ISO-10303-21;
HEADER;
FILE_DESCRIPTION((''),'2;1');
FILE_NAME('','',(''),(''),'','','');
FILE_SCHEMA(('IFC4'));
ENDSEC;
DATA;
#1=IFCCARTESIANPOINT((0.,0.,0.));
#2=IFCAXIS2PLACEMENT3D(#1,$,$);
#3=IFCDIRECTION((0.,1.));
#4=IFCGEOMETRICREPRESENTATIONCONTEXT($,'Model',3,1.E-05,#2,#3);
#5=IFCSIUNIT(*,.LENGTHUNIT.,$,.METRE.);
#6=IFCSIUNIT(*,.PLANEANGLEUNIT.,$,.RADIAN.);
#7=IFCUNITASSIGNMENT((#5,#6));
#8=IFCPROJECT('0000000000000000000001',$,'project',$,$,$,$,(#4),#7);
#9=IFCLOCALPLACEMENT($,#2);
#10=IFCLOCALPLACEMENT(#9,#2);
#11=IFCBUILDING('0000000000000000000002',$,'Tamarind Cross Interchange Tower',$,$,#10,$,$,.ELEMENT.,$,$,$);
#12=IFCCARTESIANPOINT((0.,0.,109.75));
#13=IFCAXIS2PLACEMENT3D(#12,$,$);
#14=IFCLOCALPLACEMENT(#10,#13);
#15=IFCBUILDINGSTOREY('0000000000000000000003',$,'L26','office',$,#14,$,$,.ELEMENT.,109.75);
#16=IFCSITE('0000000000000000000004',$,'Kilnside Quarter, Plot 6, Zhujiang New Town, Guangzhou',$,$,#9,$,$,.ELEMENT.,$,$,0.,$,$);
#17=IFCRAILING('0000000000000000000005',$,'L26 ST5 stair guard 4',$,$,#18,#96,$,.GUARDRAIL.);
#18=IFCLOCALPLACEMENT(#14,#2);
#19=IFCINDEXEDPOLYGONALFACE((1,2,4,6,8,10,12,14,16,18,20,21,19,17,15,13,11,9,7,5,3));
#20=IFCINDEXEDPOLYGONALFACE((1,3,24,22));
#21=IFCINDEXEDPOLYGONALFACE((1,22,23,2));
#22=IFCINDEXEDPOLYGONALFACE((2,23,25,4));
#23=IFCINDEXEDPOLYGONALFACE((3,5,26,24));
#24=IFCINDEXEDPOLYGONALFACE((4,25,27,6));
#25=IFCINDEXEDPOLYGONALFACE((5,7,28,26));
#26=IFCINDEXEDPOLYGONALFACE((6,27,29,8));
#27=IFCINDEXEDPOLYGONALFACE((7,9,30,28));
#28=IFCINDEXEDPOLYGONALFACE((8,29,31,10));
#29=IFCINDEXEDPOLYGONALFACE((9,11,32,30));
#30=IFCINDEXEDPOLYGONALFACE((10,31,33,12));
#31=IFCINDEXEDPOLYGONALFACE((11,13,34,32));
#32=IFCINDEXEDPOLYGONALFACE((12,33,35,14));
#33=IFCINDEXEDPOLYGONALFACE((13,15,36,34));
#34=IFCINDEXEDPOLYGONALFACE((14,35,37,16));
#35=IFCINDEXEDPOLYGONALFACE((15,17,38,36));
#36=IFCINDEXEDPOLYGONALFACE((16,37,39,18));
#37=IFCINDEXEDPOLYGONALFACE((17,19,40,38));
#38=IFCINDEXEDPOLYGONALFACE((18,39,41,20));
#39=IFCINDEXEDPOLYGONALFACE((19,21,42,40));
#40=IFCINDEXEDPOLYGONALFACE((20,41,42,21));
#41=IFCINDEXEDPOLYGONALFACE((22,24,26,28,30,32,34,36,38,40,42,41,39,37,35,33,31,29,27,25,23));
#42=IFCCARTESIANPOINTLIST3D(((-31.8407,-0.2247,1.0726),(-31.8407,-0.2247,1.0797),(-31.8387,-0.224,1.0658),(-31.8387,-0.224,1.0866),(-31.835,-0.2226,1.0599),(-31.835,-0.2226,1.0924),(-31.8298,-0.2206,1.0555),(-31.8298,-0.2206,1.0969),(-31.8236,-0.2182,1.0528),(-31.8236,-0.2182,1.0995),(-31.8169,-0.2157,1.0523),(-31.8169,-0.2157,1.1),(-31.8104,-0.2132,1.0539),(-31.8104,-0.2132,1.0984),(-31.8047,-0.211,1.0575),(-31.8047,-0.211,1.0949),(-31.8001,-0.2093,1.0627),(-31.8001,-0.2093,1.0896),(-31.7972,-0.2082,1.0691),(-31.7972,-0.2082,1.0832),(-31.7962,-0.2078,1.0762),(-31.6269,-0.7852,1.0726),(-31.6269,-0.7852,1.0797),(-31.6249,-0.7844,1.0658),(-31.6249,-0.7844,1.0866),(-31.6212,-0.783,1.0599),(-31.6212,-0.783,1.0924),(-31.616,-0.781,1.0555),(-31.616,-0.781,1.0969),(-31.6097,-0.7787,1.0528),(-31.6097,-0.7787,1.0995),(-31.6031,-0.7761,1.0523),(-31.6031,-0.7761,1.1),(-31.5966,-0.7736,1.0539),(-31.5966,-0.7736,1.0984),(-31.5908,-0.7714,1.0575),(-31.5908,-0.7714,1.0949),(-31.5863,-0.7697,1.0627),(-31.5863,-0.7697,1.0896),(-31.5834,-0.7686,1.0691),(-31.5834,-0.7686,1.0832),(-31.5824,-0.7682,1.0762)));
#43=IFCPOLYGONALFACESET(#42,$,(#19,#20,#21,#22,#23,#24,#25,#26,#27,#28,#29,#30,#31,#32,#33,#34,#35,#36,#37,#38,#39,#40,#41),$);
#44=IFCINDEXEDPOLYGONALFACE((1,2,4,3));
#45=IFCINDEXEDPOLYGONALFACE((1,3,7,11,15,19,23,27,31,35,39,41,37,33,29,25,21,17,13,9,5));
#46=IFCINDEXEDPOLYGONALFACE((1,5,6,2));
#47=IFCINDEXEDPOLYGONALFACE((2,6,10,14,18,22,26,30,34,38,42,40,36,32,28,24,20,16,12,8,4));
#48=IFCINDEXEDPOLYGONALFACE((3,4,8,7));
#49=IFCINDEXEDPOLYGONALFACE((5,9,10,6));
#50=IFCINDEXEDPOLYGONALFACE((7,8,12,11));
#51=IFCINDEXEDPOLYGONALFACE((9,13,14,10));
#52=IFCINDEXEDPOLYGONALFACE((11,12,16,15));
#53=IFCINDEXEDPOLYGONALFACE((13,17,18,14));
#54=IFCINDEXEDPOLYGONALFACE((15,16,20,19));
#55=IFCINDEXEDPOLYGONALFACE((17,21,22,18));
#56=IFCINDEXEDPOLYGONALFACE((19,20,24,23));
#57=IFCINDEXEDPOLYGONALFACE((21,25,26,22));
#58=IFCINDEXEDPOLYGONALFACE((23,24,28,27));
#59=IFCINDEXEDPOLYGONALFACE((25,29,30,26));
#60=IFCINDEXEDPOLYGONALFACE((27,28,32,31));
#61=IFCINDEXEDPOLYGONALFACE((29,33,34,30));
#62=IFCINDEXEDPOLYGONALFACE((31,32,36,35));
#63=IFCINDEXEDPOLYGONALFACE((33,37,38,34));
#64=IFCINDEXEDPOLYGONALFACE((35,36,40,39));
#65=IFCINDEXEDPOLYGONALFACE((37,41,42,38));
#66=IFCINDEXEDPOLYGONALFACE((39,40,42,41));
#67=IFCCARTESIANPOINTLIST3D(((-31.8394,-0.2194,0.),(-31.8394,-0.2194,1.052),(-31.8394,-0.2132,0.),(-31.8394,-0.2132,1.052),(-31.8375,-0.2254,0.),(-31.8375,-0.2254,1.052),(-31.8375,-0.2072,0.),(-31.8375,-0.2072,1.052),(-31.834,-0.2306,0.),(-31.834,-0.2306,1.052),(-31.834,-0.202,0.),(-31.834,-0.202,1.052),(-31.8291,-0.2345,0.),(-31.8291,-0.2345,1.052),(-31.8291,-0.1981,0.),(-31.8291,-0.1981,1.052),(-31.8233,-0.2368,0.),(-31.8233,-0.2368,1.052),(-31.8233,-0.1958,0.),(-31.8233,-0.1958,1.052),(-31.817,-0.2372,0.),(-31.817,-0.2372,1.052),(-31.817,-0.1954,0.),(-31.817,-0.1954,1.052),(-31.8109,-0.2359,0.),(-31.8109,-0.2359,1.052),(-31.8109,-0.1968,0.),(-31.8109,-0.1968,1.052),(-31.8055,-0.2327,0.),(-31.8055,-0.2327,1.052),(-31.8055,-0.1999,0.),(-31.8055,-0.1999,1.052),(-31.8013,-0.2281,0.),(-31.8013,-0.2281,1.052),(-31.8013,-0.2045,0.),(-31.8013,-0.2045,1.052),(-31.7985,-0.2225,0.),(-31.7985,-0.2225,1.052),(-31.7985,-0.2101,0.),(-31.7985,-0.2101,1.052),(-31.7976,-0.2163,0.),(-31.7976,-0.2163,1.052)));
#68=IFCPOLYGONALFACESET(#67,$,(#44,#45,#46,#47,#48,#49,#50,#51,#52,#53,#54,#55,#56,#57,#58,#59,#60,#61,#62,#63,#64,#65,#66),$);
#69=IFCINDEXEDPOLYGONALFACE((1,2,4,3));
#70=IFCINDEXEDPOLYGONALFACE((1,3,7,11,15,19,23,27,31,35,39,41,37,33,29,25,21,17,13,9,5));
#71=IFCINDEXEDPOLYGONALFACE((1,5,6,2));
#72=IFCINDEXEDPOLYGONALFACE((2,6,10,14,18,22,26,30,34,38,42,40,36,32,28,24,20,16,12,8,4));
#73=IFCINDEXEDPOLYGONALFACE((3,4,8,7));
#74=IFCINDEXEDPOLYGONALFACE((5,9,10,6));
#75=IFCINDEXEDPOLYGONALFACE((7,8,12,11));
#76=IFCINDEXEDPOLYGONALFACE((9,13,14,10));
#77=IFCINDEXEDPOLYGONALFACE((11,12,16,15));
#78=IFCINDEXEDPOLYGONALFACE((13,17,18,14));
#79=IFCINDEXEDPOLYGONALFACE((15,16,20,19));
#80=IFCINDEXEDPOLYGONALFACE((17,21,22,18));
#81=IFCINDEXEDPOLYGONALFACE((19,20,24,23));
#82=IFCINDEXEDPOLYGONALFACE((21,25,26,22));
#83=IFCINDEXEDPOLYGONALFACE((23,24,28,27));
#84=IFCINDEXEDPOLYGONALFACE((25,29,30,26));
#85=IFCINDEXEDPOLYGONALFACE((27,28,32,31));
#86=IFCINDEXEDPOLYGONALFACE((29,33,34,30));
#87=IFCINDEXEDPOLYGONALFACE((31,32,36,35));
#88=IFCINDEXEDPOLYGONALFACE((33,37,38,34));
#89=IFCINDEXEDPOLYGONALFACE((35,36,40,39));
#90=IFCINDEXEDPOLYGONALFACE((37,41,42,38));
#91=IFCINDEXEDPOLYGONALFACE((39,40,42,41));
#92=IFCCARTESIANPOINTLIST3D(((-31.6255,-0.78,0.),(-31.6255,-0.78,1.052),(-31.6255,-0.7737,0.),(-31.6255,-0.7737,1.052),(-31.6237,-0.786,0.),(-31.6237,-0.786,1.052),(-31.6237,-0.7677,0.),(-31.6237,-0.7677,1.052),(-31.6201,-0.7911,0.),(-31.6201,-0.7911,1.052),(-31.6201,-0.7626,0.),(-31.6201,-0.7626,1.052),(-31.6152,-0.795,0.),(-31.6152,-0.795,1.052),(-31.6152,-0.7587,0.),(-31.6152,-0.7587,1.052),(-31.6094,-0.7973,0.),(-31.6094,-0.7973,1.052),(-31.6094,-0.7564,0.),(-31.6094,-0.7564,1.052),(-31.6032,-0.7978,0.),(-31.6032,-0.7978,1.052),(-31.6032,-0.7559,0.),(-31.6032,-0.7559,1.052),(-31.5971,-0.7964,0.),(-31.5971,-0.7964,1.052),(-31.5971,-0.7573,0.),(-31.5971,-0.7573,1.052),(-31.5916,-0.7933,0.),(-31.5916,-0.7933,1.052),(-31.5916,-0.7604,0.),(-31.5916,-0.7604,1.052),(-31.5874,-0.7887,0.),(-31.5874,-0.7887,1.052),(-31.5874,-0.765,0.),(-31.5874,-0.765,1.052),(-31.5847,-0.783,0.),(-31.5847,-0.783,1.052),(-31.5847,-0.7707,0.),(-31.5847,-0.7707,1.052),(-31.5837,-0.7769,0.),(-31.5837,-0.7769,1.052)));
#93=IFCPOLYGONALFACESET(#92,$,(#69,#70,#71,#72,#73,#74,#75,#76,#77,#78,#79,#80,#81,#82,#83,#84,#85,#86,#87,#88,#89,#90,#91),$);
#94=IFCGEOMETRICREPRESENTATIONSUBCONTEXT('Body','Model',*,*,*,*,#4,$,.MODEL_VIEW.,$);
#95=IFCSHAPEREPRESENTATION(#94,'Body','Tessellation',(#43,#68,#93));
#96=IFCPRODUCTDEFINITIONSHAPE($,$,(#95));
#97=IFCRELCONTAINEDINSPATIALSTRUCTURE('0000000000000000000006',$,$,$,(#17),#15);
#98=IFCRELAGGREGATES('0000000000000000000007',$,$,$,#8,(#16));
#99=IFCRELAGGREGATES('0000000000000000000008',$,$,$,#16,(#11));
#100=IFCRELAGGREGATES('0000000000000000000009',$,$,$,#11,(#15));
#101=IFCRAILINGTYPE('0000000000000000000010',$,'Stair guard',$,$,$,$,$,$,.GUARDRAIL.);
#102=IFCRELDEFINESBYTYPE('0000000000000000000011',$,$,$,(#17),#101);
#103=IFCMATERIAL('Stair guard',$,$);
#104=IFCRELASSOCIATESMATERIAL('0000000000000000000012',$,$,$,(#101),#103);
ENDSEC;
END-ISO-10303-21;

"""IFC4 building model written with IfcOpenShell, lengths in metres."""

from ifc_helpers import new_model, si_unit, direction, frame, origin, origin_2d, place, context, subcontext, project, spatial, circle, extrude, material, type_object, element, save


model = new_model("IFC4")

# Units and contexts
model_context = context("Model", 3, precision=1e-05, world=origin(), true_north=direction((0.0, 1.0)))
body_context = subcontext(model_context, "Body", "Model", "MODEL_VIEW")
ifc_project = project(units=[si_unit("LENGTHUNIT", "METRE"), si_unit("PLANEANGLEUNIT", "RADIAN")], contexts=[model_context])

# Site, building, storey
site_placement = place(None, origin())
site = spatial("IfcSite", under=ifc_project, at=site_placement, Name="Kilnside Quarter, Plot 6, Zhujiang New Town, Guangzhou", CompositionType="ELEMENT", RefElevation=0.0)
building_placement = place(site_placement, origin())
building = spatial("IfcBuilding", under=site, at=building_placement, Name="Tamarind Cross Interchange Tower", CompositionType="ELEMENT")
storey_placement = place(building_placement, frame((0.0, 0.0, 109.75)))
storey = spatial("IfcBuildingStorey", under=building, at=storey_placement, Name="L26", Description="office", CompositionType="ELEMENT", Elevation=109.75)

# Railing
ifc_material_1 = material(Name="Stair guard")
railing_type_1 = type_object("IfcRailingType", Name="Stair guard", PredefinedType="GUARDRAIL", material=ifc_material_1)
railing_1_placement = place(storey_placement, frame((-31.8186, -0.2163, 0.0)))
element("IfcRailing", 1, at=railing_1_placement, inside=storey, type_object=railing_type_1, Name="L26 ST5 stair guard 4", PredefinedType="GUARDRAIL", context=body_context, shape_type="SweptSolid", body=[
    extrude(circle(Radius=0.0239, at=origin_2d()), frame((0.0, 0.0, 1.0762), z_axis=(0.356469, -0.934307, 0.0), x_axis=(0.934307, 0.356469, 0.0)), (0.0, 0.0, 1.0), 0.5999),
    extrude(circle(Radius=0.021, at=origin_2d()), origin(), (0.0, 0.0, 1.0), 1.052),
    extrude(circle(Radius=0.021, at=origin_2d()), frame((0.2139, -0.5605, 0.0)), (0.0, 0.0, 1.0), 1.052),
])

save(model, "model.ifc")
